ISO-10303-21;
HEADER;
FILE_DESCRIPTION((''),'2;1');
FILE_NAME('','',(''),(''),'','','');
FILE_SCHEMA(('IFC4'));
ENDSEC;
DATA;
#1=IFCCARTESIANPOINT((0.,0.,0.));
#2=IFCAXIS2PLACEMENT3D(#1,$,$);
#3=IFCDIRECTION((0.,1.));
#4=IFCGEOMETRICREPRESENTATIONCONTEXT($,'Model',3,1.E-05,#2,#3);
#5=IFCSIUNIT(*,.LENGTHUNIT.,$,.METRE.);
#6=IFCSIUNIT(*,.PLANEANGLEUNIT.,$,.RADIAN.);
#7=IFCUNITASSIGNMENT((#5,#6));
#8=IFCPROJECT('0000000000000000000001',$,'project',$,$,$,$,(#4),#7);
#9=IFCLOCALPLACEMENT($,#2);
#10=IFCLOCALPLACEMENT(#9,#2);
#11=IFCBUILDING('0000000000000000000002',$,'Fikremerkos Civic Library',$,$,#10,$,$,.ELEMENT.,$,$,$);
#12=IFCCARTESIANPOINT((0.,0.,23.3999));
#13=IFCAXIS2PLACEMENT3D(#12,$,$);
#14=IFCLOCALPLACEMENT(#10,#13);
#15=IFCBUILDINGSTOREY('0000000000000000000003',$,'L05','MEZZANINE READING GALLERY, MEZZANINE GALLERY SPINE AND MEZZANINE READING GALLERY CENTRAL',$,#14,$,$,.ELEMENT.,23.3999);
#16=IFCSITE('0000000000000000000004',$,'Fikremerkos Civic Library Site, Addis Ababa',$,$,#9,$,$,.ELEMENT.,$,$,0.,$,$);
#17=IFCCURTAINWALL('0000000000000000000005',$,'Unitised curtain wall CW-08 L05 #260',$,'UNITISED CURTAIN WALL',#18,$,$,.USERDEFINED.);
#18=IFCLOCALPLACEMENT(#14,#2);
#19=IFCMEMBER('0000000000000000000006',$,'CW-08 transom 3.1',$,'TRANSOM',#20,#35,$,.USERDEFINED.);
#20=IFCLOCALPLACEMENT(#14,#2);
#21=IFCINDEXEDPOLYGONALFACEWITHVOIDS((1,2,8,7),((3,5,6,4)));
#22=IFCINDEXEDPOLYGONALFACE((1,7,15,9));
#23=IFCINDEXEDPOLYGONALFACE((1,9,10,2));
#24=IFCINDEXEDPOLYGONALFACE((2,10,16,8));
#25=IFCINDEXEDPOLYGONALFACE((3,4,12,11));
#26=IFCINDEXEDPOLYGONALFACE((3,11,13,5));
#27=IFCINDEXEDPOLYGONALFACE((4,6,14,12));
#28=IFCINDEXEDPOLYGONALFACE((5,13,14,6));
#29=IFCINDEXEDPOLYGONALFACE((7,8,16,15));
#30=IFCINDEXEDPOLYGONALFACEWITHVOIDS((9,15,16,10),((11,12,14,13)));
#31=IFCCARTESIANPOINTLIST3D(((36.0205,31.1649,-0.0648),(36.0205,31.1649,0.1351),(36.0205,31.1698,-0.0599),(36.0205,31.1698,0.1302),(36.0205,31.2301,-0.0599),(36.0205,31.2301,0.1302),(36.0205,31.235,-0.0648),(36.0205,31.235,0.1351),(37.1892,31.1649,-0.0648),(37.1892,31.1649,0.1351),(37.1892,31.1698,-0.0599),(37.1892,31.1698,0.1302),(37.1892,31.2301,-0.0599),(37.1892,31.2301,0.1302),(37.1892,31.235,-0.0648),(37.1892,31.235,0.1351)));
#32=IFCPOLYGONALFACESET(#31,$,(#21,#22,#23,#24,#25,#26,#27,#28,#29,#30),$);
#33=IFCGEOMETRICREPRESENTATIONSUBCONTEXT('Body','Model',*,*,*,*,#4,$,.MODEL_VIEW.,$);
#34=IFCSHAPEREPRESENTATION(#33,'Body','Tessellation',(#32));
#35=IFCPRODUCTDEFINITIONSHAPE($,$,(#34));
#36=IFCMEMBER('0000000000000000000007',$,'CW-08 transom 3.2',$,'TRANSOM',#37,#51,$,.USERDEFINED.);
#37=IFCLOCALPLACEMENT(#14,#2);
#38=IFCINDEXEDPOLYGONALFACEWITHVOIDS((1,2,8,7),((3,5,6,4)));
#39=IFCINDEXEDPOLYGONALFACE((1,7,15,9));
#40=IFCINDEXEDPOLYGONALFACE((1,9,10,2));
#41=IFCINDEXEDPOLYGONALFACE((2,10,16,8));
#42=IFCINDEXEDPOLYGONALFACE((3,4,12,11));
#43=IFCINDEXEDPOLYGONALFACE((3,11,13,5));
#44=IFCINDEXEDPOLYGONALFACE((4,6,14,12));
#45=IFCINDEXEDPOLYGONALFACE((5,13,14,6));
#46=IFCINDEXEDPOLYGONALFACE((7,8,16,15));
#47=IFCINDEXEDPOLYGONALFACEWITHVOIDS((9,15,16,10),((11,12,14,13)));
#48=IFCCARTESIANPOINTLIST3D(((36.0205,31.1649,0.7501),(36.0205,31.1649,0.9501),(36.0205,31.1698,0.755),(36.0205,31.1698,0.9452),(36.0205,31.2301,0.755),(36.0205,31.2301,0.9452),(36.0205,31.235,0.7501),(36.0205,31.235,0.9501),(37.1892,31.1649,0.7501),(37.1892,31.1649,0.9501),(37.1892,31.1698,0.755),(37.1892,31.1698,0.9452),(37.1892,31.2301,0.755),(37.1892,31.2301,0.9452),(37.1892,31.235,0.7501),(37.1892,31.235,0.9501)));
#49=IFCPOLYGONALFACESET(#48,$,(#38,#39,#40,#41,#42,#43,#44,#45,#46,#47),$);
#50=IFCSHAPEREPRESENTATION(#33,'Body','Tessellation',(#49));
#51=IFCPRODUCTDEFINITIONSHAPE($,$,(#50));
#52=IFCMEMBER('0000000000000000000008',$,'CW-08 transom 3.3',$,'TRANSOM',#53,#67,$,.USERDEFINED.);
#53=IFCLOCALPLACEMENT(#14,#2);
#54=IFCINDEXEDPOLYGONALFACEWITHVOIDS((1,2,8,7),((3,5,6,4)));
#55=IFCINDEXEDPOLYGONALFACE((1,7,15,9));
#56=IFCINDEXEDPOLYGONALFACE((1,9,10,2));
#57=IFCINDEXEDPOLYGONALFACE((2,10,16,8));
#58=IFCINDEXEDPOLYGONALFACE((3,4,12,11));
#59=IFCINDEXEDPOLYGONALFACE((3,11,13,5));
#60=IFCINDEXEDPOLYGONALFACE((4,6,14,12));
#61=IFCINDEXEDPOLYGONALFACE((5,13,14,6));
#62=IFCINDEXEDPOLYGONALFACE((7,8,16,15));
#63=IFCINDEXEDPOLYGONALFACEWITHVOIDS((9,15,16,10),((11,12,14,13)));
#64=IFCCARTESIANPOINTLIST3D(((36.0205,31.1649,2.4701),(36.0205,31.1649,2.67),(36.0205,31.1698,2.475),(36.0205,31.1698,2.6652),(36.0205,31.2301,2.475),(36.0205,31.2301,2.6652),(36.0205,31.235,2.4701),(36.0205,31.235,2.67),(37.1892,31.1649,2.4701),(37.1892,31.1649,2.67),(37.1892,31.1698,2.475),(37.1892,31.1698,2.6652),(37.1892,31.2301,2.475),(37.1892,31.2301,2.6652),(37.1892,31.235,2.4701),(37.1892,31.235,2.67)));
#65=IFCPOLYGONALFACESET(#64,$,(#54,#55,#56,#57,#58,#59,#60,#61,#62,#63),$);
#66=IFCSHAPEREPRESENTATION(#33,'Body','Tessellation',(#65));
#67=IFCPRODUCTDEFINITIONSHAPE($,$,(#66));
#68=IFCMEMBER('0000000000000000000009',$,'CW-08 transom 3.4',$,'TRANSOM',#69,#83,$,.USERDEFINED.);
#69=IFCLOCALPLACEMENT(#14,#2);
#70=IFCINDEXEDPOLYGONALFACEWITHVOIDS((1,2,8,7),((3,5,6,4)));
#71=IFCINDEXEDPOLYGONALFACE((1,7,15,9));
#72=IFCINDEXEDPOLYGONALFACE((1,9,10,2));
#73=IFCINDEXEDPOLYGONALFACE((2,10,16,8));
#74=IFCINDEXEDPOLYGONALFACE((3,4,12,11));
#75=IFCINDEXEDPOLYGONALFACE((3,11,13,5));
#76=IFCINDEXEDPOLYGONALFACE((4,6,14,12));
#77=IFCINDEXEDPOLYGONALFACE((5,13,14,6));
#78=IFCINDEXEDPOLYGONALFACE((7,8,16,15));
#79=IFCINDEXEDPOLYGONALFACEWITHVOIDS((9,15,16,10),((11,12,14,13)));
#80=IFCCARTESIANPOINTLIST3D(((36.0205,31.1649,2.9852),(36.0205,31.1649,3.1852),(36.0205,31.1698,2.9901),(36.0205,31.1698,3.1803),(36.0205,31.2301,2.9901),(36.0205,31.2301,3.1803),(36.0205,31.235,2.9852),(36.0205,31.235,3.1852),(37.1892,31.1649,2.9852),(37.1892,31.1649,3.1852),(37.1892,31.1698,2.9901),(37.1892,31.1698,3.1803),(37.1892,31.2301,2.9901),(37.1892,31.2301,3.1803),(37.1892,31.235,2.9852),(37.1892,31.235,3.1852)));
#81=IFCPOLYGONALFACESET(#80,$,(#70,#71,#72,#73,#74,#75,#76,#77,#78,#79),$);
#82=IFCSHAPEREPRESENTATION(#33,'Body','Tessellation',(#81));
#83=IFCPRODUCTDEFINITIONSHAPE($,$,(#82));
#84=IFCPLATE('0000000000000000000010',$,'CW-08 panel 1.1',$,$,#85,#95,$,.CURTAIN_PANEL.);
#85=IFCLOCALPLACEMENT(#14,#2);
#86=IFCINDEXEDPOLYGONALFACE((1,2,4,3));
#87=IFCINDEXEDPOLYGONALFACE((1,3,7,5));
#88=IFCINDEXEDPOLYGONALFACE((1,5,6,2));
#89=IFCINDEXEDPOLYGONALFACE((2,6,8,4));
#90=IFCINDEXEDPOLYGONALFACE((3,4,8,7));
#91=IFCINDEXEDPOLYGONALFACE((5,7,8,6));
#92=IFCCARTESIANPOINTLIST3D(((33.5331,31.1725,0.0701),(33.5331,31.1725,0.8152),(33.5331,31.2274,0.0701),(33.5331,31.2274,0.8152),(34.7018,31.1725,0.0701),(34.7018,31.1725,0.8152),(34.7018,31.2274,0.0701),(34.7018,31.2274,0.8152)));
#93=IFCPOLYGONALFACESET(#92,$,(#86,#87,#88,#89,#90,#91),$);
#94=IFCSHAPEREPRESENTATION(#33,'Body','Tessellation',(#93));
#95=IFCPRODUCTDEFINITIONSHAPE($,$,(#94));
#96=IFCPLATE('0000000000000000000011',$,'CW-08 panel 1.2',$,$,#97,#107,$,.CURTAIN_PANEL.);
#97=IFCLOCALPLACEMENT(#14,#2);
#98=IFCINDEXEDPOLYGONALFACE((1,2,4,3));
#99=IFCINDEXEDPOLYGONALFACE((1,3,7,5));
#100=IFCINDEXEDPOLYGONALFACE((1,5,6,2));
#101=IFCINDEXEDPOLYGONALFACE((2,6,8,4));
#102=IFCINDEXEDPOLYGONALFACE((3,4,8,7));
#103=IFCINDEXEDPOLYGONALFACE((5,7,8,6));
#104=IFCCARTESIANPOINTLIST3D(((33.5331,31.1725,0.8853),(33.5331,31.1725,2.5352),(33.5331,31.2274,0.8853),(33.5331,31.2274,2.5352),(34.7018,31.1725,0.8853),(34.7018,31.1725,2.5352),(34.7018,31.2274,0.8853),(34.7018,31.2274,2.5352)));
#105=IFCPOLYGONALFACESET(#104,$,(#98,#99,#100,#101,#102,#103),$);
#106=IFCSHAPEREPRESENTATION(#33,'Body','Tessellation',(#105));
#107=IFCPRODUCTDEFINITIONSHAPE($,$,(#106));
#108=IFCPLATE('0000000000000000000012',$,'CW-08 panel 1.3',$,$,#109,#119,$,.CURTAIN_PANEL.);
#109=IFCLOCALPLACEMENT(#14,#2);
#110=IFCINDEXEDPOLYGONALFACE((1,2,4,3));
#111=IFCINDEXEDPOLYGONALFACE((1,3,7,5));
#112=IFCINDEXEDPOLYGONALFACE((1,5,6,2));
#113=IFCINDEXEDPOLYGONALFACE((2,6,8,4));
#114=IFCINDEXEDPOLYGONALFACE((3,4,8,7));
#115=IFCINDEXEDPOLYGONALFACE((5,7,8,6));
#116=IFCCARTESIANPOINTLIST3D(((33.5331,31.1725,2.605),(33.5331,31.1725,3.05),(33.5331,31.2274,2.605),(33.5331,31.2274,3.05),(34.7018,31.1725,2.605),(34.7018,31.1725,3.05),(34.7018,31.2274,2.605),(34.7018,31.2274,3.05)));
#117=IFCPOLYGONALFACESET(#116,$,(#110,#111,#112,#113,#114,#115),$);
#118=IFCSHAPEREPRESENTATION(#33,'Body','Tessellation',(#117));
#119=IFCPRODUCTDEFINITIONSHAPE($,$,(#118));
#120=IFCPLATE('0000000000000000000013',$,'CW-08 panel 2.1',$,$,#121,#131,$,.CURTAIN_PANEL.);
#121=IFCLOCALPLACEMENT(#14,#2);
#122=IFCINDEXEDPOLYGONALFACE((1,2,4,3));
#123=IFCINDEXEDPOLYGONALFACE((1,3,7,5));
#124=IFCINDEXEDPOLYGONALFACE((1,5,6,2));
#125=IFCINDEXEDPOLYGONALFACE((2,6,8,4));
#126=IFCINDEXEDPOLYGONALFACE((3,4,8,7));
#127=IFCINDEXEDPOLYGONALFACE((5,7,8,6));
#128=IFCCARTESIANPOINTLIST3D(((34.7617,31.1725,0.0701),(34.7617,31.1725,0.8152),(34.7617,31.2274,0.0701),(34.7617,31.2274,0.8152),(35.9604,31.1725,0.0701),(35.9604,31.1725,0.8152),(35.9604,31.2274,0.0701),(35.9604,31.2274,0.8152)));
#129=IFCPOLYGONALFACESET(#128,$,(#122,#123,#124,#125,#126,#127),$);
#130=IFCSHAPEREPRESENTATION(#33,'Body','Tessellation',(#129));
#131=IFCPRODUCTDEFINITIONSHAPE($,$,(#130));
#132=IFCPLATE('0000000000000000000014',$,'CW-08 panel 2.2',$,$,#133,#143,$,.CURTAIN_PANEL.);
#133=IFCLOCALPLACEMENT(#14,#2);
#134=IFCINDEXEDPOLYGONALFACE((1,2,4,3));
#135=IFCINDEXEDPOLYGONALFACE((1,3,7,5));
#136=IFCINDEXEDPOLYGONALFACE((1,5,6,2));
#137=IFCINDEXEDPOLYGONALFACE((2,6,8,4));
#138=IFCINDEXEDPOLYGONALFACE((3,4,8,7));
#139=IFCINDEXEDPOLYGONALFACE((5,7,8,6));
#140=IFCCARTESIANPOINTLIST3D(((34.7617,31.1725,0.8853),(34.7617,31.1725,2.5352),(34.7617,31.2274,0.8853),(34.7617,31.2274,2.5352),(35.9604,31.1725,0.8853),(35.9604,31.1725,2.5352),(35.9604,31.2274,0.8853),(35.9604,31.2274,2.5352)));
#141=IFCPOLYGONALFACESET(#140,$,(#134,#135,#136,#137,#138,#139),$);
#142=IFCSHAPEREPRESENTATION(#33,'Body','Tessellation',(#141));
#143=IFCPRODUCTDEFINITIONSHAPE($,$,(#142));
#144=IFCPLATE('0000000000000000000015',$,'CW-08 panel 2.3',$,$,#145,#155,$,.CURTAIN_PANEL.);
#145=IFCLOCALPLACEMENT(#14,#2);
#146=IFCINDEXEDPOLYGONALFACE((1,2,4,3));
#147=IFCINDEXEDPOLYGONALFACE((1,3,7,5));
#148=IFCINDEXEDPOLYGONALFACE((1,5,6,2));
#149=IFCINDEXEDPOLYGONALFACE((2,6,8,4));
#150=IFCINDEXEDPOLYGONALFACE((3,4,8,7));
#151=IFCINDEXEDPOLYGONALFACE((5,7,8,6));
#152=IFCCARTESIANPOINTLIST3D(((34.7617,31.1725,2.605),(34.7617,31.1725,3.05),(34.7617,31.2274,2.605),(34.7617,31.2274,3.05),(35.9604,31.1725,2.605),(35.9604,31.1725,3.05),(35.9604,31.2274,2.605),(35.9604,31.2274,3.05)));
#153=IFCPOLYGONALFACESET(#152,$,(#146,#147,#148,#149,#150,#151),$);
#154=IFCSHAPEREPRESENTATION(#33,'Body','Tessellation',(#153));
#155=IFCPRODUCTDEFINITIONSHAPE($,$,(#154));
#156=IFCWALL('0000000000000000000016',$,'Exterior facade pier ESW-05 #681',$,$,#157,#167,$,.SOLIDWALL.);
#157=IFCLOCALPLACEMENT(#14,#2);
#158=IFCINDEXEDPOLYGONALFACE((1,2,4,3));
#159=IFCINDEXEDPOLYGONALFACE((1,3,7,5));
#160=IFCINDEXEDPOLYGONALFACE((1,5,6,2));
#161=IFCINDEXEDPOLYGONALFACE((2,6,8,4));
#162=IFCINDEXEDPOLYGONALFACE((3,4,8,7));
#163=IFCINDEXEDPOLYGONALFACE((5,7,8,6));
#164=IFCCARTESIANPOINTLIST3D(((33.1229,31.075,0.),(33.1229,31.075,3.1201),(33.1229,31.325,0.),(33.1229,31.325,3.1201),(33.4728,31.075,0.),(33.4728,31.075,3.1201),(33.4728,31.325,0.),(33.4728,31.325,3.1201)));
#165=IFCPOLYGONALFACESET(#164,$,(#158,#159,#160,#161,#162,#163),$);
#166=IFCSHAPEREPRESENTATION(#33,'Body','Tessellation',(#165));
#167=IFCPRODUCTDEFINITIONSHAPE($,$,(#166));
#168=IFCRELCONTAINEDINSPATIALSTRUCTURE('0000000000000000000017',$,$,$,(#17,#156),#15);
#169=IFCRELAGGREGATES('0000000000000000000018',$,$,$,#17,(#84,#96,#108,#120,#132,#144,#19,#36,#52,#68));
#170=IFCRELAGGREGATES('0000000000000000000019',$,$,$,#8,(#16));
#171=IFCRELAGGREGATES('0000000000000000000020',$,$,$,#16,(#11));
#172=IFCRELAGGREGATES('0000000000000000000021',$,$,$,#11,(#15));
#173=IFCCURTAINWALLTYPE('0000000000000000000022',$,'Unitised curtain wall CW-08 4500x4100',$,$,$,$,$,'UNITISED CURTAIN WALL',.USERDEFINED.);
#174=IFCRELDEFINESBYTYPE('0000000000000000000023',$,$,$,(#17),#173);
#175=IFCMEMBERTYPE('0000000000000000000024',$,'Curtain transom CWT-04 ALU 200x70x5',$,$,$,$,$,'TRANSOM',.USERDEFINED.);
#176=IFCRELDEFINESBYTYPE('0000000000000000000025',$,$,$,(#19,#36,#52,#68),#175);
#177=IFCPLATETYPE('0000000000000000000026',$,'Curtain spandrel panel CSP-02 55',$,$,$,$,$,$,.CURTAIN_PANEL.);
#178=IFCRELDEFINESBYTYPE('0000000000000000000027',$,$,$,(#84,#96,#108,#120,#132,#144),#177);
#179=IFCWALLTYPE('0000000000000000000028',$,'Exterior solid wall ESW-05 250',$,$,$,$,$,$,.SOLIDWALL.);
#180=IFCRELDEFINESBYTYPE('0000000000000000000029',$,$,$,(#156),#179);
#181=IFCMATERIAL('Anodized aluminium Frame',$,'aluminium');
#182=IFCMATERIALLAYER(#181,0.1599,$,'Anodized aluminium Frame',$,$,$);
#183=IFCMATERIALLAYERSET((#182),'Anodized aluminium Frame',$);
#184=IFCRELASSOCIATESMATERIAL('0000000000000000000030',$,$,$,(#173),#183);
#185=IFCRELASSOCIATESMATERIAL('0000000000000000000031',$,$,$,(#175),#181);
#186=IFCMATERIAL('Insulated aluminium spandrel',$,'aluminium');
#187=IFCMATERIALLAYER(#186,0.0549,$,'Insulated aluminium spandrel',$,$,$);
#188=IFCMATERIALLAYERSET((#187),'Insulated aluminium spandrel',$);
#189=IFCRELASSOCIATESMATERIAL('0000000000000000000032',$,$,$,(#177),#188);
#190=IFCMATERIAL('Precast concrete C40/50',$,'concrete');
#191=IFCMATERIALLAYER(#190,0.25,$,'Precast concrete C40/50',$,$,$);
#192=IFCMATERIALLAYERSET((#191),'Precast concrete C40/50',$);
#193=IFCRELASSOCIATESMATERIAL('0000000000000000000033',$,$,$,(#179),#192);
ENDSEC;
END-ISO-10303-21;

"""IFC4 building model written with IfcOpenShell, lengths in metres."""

from ifc_helpers import new_model, si_unit, direction, frame, frame_2d, origin, origin_2d, place, context, subcontext, project, spatial, rectangle, hollow_rectangle, extrude, material, layer, layer_set, material_profile, profile_set, type_object, element, aggregate, save


model = new_model("IFC4")

# Units and contexts
model_context = context("Model", 3, precision=1e-05, world=origin(), true_north=direction((0.0, 1.0)))
body_context = subcontext(model_context, "Body", "Model", "MODEL_VIEW")
ifc_project = project(units=[si_unit("LENGTHUNIT", "METRE"), si_unit("PLANEANGLEUNIT", "RADIAN")], contexts=[model_context])

# Site, building, storey
site_placement = place(None, origin())
site = spatial("IfcSite", under=ifc_project, at=site_placement, Name="Fikremerkos Civic Library Site, Addis Ababa", CompositionType="ELEMENT", RefElevation=0.0)
building_placement = place(site_placement, origin())
building = spatial("IfcBuilding", under=site, at=building_placement, Name="Fikremerkos Civic Library", CompositionType="ELEMENT")
storey_placement = place(building_placement, frame((0.0, 0.0, 23.3999)))
storey = spatial("IfcBuildingStorey", under=building, at=storey_placement, Name="L05", Description="MEZZANINE READING GALLERY, MEZZANINE GALLERY SPINE AND MEZZANINE READING GALLERY CENTRAL", CompositionType="ELEMENT", Elevation=23.3999)

# Curtain wall, members, plates
ifc_material_1 = material(Name="Anodized aluminium Frame", Category="aluminium")
ifc_layer_1 = layer(ifc_material_1, 0.1599, Name="Anodized aluminium Frame")
ifc_layer_set_1 = layer_set([ifc_layer_1], Name="Anodized aluminium Frame")
curtain_wall_type = type_object("IfcCurtainWallType", Name="Unitised curtain wall CW-08 4500x4100", ElementType="UNITISED CURTAIN WALL", PredefinedType="USERDEFINED", material=ifc_layer_set_1)
curtain_wall_placement = place(storey_placement, origin())
curtain_wall = element("IfcCurtainWall", 1, at=curtain_wall_placement, inside=storey, type_object=curtain_wall_type, Name="Unitised curtain wall CW-08 L05 #260", ObjectType="UNITISED CURTAIN WALL", PredefinedType="USERDEFINED")
ifc_material_profile_1 = material_profile(ifc_material_1, hollow_rectangle(XDim=0.0701, YDim=0.2, WallThickness=0.0049, at=origin_2d()), Name="ALU 200x70x5")
ifc_profile_set_1 = profile_set([ifc_material_profile_1], Name="Anodized aluminium Frame")
member_type_1 = type_object("IfcMemberType", Name="Curtain transom CWT-04 ALU 200x70x5", ElementType="TRANSOM", PredefinedType="USERDEFINED", material=ifc_profile_set_1)
member_1_placement = place(storey_placement, frame((36.0205, 31.2, 0.0352), z_axis=(1.0, 0.0, 0.0), x_axis=(0.0, 1.0, 0.0)))
member_1 = element("IfcMember", 2, at=member_1_placement, type_object=member_type_1, Name="CW-08 transom 3.1", ObjectType="TRANSOM", PredefinedType="USERDEFINED", context=body_context, shape_type="SweptSolid", body=[
    extrude(hollow_rectangle(XDim=0.0701, YDim=0.2, WallThickness=0.0049, at=origin_2d()), origin(), (0.0, 0.0, 1.0), 1.1687),
])
member_2_placement = place(storey_placement, frame((36.0205, 31.2, 0.8501), z_axis=(1.0, 0.0, 0.0), x_axis=(0.0, 1.0, 0.0)))
member_2 = element("IfcMember", 3, at=member_2_placement, type_object=member_type_1, Name="CW-08 transom 3.2", ObjectType="TRANSOM", PredefinedType="USERDEFINED", context=body_context, shape_type="SweptSolid", body=[
    extrude(hollow_rectangle(XDim=0.0701, YDim=0.2, WallThickness=0.0049, at=origin_2d()), origin(), (0.0, 0.0, 1.0), 1.1687),
])
member_3_placement = place(storey_placement, frame((36.0205, 31.2, 2.5701), z_axis=(1.0, 0.0, 0.0), x_axis=(0.0, 1.0, 0.0)))
member_3 = element("IfcMember", 4, at=member_3_placement, type_object=member_type_1, Name="CW-08 transom 3.3", ObjectType="TRANSOM", PredefinedType="USERDEFINED", context=body_context, shape_type="SweptSolid", body=[
    extrude(hollow_rectangle(XDim=0.0701, YDim=0.2, WallThickness=0.0049, at=origin_2d()), origin(), (0.0, 0.0, 1.0), 1.1687),
])
member_4_placement = place(storey_placement, frame((36.0205, 31.2, 3.0852), z_axis=(1.0, 0.0, 0.0), x_axis=(0.0, 1.0, 0.0)))
member_4 = element("IfcMember", 5, at=member_4_placement, type_object=member_type_1, Name="CW-08 transom 3.4", ObjectType="TRANSOM", PredefinedType="USERDEFINED", context=body_context, shape_type="SweptSolid", body=[
    extrude(hollow_rectangle(XDim=0.0701, YDim=0.2, WallThickness=0.0049, at=origin_2d()), origin(), (0.0, 0.0, 1.0), 1.1687),
])
ifc_material_2 = material(Name="Insulated aluminium spandrel", Category="aluminium")
ifc_layer_2 = layer(ifc_material_2, 0.0549, Name="Insulated aluminium spandrel")
ifc_layer_set_2 = layer_set([ifc_layer_2], Name="Insulated aluminium spandrel")
plate_type = type_object("IfcPlateType", Name="Curtain spandrel panel CSP-02 55", PredefinedType="CURTAIN_PANEL", material=ifc_layer_set_2)
plate_1_placement = place(storey_placement, frame((34.1174, 31.2, 0.0701), z_axis=(0.0, 0.0, 1.0), x_axis=(1.0, 0.0, 0.0)))
plate_1 = element("IfcPlate", 6, at=plate_1_placement, type_object=plate_type, Name="CW-08 panel 1.1", PredefinedType="CURTAIN_PANEL", context=body_context, shape_type="SweptSolid", body=[
    extrude(rectangle(XDim=1.1687, YDim=0.0549, at=origin_2d()), origin(), (0.0, 0.0, 1.0), 0.7451),
])
plate_2_placement = place(storey_placement, frame((34.1174, 31.2, 0.8853), z_axis=(0.0, 0.0, 1.0), x_axis=(1.0, 0.0, 0.0)))
plate_2 = element("IfcPlate", 7, at=plate_2_placement, type_object=plate_type, Name="CW-08 panel 1.2", PredefinedType="CURTAIN_PANEL", context=body_context, shape_type="SweptSolid", body=[
    extrude(rectangle(XDim=1.1687, YDim=0.0549, at=origin_2d()), origin(), (0.0, 0.0, 1.0), 1.6499),
])
plate_3_placement = place(storey_placement, frame((34.1174, 31.2, 2.605), z_axis=(0.0, 0.0, 1.0), x_axis=(1.0, 0.0, 0.0)))
plate_3 = element("IfcPlate", 8, at=plate_3_placement, type_object=plate_type, Name="CW-08 panel 1.3", PredefinedType="CURTAIN_PANEL", context=body_context, shape_type="SweptSolid", body=[
    extrude(rectangle(XDim=1.1687, YDim=0.0549, at=origin_2d()), origin(), (0.0, 0.0, 1.0), 0.4451),
])
plate_4_placement = place(storey_placement, frame((35.3611, 31.2, 0.0701), z_axis=(0.0, 0.0, 1.0), x_axis=(1.0, 0.0, 0.0)))
plate_4 = element("IfcPlate", 9, at=plate_4_placement, type_object=plate_type, Name="CW-08 panel 2.1", PredefinedType="CURTAIN_PANEL", context=body_context, shape_type="SweptSolid", body=[
    extrude(rectangle(XDim=1.1987, YDim=0.0549, at=origin_2d()), origin(), (0.0, 0.0, 1.0), 0.7451),
])
plate_5_placement = place(storey_placement, frame((35.3611, 31.2, 0.8853), z_axis=(0.0, 0.0, 1.0), x_axis=(1.0, 0.0, 0.0)))
plate_5 = element("IfcPlate", 10, at=plate_5_placement, type_object=plate_type, Name="CW-08 panel 2.2", PredefinedType="CURTAIN_PANEL", context=body_context, shape_type="SweptSolid", body=[
    extrude(rectangle(XDim=1.1987, YDim=0.0549, at=origin_2d()), origin(), (0.0, 0.0, 1.0), 1.6499),
])
plate_6_placement = place(storey_placement, frame((35.3611, 31.2, 2.605), z_axis=(0.0, 0.0, 1.0), x_axis=(1.0, 0.0, 0.0)))
plate_6 = element("IfcPlate", 11, at=plate_6_placement, type_object=plate_type, Name="CW-08 panel 2.3", PredefinedType="CURTAIN_PANEL", context=body_context, shape_type="SweptSolid", body=[
    extrude(rectangle(XDim=1.1987, YDim=0.0549, at=origin_2d()), origin(), (0.0, 0.0, 1.0), 0.4451),
])
aggregate(curtain_wall, [plate_1, plate_2, plate_3, plate_4, plate_5, plate_6, member_1, member_2, member_3, member_4])

# Wall
ifc_material_3 = material(Name="Precast concrete C40/50", Category="concrete")
ifc_layer_3 = layer(ifc_material_3, 0.25, Name="Precast concrete C40/50")
ifc_layer_set_3 = layer_set([ifc_layer_3], Name="Precast concrete C40/50")
wall_type = type_object("IfcWallType", Name="Exterior solid wall ESW-05 250", PredefinedType="SOLIDWALL", material=ifc_layer_set_3)
wall_placement = place(storey_placement, frame((33.123, 31.2, 0.0), z_axis=(0.0, 0.0, 1.0), x_axis=(1.0, 0.0, 0.0)))
element("IfcWall", 12, at=wall_placement, inside=storey, type_object=wall_type, Name="Exterior facade pier ESW-05 #681", PredefinedType="SOLIDWALL", context=body_context, shape_type="SweptSolid", body=[
    extrude(rectangle(XDim=0.3499, YDim=0.25, at=frame_2d((0.1748, 0.0))), origin(), (0.0, 0.0, 1.0), 3.1201),
])

save(model, "model.ifc")
